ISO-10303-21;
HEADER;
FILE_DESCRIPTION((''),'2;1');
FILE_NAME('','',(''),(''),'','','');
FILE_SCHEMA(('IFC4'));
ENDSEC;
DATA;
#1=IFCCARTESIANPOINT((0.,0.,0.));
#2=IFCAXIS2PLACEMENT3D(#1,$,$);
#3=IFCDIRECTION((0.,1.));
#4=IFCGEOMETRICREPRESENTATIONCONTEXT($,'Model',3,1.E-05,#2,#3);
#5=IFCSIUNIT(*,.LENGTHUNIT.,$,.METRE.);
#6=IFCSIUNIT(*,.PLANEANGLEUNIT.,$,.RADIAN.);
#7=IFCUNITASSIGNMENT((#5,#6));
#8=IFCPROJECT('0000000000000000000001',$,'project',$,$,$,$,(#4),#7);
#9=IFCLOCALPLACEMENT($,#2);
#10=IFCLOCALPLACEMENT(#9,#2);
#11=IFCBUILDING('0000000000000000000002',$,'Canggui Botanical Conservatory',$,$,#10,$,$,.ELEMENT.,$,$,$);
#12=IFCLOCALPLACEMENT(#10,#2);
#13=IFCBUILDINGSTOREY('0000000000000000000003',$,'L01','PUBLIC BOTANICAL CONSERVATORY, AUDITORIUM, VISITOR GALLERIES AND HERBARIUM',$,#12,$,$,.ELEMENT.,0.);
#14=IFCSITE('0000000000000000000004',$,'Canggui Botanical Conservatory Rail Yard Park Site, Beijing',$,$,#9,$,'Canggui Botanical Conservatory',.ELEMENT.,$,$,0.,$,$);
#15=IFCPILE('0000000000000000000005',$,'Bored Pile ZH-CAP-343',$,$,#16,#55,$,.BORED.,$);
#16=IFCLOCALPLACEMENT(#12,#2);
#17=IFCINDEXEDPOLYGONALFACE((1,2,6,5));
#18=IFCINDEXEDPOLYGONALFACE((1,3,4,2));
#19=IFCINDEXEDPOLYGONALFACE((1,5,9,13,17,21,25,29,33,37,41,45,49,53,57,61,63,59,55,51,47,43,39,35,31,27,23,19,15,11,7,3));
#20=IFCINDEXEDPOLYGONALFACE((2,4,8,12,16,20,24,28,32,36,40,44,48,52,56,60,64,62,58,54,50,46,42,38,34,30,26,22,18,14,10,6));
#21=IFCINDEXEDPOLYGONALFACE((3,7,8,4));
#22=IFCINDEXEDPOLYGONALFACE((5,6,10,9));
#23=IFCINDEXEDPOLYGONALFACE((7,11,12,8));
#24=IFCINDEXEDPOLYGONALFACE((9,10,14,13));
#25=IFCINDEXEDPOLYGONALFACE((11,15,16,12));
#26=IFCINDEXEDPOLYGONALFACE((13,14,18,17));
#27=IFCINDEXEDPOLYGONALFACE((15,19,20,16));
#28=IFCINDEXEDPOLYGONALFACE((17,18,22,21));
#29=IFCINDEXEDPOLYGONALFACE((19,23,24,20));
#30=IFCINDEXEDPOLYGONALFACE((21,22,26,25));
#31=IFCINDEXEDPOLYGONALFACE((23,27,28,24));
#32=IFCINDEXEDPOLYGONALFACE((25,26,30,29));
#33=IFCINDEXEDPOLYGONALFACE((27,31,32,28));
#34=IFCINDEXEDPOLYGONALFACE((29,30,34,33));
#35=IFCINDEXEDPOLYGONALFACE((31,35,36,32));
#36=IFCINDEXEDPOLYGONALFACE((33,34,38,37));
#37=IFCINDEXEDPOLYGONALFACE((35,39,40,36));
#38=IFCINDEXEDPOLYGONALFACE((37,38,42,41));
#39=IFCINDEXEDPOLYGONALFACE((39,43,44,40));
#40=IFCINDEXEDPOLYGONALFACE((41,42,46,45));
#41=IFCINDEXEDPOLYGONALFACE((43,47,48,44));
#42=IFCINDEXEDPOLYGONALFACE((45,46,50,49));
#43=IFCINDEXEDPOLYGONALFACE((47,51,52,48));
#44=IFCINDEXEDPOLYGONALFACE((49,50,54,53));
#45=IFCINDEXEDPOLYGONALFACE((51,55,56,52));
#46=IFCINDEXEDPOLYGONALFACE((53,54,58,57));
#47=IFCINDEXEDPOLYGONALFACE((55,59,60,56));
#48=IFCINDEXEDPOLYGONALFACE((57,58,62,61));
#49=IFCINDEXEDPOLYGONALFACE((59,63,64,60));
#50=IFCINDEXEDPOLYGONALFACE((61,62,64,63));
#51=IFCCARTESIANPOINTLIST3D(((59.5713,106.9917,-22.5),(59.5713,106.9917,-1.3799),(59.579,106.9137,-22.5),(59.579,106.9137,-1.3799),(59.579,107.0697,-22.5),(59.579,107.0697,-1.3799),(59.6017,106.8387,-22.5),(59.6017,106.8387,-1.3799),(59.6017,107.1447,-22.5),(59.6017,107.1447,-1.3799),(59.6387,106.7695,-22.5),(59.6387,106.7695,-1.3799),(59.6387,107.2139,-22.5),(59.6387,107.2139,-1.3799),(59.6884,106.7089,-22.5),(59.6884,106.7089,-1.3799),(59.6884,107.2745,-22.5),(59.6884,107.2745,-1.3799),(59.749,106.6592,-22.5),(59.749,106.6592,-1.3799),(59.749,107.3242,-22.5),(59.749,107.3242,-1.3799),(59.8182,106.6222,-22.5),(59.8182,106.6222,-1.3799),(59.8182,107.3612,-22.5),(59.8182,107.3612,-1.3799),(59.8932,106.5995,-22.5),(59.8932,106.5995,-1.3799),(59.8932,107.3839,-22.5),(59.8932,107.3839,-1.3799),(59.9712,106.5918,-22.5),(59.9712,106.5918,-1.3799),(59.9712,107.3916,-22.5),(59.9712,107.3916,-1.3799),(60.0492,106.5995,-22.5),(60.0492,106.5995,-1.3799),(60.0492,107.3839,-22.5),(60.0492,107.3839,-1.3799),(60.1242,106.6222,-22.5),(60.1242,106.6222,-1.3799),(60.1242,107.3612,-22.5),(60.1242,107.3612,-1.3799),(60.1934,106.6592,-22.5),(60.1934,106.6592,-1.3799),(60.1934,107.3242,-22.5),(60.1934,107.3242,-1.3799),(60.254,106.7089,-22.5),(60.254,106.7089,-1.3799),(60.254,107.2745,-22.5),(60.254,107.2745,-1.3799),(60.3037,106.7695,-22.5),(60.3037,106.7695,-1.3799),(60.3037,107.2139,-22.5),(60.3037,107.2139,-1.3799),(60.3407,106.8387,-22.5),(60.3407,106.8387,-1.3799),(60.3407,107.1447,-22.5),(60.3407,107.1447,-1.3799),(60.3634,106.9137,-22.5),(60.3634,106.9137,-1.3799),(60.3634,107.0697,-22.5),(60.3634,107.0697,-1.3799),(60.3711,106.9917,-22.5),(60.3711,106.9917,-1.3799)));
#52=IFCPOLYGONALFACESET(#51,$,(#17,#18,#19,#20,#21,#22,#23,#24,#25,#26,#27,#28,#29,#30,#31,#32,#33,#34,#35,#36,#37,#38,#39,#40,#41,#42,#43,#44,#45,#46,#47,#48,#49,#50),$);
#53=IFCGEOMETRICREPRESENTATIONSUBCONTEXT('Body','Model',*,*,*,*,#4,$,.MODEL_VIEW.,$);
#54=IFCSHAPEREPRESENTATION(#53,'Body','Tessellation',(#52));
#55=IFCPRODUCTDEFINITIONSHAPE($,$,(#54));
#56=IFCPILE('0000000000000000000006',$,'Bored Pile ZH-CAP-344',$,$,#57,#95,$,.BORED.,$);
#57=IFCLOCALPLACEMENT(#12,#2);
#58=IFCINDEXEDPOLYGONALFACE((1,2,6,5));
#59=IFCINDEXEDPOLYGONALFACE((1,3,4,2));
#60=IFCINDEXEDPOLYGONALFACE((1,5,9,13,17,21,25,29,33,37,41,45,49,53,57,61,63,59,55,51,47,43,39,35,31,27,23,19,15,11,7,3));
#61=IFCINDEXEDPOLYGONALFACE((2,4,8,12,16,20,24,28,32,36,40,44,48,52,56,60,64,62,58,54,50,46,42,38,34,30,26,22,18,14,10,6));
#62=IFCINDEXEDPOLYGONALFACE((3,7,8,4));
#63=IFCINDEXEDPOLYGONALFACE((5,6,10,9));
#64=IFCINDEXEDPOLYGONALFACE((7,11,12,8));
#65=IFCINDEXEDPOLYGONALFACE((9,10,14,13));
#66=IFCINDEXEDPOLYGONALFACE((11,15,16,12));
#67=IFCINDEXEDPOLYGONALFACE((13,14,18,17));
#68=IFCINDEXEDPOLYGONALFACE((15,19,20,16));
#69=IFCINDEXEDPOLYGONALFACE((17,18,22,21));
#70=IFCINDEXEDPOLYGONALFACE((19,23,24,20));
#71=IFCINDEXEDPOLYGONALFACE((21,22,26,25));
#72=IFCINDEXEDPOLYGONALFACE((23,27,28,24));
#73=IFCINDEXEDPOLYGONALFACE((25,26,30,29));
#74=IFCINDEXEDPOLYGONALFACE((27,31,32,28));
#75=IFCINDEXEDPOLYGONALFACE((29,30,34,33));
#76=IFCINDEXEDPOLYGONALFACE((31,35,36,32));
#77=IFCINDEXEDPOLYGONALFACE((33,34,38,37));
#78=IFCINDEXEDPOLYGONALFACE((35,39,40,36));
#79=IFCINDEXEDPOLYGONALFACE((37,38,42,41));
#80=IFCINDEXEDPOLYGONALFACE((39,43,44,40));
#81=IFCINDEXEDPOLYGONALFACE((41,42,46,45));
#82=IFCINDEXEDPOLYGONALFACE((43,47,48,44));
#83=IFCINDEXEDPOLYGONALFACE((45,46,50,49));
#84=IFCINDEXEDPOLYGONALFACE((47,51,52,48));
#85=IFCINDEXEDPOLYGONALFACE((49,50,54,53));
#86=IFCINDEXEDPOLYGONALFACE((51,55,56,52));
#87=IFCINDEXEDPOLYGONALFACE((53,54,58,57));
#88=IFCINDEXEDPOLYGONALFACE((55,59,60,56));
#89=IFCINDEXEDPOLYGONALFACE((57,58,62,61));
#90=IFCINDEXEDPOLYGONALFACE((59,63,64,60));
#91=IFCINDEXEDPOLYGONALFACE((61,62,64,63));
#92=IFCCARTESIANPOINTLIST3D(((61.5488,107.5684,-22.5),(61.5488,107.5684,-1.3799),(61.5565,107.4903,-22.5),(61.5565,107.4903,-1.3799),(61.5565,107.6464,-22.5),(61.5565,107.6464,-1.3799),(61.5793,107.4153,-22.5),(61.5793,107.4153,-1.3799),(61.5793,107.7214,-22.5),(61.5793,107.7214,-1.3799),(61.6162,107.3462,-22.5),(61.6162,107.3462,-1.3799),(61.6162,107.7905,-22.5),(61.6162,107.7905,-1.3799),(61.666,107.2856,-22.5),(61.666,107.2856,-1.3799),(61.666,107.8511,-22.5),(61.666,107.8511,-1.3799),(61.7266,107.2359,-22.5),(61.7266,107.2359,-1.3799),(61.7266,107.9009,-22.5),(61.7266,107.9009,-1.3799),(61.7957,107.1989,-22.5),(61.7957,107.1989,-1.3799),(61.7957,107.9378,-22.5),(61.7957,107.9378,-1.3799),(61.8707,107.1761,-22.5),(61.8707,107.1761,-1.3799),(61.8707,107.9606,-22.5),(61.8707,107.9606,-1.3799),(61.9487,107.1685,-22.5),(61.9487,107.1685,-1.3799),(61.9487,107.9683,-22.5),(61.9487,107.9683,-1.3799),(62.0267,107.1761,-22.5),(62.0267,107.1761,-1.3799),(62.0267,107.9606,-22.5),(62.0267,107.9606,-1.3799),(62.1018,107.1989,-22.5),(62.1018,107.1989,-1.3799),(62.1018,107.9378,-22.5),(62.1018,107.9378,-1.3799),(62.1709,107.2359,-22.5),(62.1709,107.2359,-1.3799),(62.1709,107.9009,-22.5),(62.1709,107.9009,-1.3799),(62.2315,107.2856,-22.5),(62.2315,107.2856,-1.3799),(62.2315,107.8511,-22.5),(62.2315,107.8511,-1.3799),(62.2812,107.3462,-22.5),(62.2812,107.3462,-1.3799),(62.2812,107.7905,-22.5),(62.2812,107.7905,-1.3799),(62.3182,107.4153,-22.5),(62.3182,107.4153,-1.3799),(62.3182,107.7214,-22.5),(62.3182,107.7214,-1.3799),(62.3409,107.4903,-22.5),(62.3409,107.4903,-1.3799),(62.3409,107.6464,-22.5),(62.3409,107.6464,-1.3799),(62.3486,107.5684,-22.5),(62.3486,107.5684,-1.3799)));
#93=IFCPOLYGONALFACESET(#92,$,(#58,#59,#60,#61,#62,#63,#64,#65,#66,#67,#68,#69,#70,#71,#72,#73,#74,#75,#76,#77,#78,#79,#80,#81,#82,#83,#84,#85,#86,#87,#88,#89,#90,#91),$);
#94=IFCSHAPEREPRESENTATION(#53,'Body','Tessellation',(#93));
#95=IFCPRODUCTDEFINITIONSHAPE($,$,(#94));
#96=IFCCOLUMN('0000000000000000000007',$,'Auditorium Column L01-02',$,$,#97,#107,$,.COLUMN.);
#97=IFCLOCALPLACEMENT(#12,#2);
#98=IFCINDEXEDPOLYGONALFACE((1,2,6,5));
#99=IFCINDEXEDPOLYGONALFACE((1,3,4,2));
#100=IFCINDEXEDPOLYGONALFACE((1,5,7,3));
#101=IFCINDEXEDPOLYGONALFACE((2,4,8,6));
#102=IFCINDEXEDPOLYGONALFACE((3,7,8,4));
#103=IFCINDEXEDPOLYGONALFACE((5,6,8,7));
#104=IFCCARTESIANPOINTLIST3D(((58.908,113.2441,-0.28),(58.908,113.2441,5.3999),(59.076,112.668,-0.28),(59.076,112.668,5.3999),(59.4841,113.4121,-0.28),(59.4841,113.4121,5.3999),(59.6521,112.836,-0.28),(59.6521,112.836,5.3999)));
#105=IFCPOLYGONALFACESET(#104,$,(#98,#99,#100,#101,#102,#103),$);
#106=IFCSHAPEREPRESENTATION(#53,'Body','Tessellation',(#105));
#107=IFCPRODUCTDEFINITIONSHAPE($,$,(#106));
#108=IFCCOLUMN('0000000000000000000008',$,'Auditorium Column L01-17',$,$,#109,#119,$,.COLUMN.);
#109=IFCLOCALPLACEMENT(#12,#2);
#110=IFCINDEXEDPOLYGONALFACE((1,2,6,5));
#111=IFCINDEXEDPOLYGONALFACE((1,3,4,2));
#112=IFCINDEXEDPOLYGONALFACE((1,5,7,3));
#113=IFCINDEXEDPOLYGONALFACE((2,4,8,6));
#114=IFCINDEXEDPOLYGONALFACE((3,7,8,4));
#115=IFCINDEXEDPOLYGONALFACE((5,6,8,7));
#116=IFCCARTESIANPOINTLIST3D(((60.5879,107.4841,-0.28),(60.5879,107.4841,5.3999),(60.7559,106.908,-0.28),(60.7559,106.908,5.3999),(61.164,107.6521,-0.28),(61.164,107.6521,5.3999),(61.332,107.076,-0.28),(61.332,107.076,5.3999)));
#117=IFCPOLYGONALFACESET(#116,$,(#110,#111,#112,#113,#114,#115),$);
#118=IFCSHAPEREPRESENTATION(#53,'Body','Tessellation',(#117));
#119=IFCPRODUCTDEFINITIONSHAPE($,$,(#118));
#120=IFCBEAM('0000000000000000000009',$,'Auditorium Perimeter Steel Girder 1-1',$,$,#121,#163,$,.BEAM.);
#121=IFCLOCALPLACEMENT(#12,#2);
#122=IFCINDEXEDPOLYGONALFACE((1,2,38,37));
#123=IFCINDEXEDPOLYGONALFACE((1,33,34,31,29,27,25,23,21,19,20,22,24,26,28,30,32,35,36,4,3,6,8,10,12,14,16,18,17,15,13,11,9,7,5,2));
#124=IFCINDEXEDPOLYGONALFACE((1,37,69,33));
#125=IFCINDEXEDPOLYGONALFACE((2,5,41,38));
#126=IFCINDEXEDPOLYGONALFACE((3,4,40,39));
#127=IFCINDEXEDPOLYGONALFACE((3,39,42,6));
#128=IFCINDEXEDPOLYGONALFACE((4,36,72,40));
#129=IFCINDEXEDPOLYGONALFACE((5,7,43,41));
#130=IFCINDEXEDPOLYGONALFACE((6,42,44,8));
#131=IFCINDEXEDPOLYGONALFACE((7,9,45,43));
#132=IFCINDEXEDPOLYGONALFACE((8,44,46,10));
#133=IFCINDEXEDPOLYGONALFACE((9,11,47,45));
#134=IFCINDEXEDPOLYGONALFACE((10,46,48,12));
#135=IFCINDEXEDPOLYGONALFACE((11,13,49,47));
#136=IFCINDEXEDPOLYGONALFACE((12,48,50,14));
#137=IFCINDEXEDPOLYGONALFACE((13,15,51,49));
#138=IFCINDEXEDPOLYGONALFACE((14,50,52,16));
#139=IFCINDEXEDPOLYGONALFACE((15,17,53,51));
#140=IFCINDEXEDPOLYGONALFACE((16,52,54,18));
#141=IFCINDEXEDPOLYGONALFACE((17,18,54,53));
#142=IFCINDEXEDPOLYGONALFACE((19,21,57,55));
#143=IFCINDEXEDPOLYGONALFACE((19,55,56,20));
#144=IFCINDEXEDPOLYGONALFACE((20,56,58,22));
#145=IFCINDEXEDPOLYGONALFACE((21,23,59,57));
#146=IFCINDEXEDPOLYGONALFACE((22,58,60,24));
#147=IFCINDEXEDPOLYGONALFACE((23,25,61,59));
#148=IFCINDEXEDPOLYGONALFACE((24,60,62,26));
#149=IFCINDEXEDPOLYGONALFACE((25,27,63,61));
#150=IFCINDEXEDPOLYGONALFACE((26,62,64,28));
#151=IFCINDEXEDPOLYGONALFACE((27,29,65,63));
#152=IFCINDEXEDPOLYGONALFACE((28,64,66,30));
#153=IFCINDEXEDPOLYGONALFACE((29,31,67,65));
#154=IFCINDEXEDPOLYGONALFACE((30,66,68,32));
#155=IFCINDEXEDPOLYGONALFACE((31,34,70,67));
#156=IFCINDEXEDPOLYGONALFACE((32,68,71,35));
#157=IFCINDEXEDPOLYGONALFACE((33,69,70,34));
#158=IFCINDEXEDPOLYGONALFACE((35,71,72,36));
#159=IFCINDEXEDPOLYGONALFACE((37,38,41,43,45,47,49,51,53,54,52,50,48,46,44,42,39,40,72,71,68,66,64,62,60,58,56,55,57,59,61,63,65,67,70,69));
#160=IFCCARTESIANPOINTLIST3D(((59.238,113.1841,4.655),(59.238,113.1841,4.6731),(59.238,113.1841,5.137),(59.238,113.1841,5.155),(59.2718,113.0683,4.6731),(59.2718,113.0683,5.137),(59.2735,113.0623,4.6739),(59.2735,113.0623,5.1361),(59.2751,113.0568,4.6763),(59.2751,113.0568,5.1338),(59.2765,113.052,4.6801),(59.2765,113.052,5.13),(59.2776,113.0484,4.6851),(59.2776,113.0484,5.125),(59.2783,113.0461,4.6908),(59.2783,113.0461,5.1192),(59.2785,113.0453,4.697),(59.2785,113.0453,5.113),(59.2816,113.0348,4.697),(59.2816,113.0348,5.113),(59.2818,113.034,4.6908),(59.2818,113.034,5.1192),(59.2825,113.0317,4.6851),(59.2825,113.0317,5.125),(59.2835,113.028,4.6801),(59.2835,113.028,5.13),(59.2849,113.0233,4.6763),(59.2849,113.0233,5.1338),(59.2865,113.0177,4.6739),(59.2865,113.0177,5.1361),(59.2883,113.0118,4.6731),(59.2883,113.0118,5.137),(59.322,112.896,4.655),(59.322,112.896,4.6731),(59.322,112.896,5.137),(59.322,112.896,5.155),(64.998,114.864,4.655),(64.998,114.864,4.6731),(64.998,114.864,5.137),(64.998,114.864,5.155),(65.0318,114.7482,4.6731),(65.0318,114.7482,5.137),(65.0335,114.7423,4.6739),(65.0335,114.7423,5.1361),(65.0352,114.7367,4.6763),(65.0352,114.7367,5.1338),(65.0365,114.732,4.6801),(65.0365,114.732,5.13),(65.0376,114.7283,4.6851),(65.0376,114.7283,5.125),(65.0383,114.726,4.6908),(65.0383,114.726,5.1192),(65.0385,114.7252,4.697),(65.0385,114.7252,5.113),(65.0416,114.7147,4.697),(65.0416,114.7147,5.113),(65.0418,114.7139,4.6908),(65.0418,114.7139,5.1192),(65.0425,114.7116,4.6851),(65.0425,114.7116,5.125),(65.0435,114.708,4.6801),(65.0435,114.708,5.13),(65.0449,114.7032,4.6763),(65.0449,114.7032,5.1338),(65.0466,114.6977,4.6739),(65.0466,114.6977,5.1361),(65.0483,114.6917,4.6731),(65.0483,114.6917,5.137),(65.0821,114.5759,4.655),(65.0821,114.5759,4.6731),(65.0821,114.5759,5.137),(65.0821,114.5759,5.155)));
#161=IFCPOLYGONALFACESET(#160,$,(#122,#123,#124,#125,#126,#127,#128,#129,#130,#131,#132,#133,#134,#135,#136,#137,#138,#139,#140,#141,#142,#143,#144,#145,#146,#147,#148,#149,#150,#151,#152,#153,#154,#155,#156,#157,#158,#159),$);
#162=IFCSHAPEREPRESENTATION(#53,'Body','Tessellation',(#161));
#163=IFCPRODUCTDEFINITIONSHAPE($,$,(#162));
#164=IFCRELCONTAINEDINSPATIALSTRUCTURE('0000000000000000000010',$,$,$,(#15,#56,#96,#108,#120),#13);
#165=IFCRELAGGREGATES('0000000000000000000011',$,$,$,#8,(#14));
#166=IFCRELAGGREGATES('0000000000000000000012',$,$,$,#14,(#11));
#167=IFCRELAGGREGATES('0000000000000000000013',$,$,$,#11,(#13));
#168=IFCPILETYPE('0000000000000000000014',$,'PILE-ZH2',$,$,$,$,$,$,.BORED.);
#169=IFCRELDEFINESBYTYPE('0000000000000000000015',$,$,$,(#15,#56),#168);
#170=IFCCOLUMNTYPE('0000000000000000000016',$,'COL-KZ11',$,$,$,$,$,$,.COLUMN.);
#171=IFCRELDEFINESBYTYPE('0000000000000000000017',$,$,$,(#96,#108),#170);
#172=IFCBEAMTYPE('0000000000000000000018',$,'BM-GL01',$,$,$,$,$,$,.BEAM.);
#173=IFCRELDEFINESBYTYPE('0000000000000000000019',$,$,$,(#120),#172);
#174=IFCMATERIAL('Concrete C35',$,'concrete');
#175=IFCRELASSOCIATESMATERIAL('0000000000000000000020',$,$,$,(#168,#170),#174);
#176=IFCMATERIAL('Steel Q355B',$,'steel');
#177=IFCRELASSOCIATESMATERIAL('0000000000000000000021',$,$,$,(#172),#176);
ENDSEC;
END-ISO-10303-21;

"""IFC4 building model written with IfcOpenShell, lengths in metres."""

from ifc_helpers import new_model, si_unit, direction, frame, origin, origin_2d, place, context, subcontext, project, spatial, rectangle, circle, i_section, extrude, material, material_profile, profile_set, type_object, element, save


model = new_model("IFC4")

# Units and contexts
model_context = context("Model", 3, precision=1e-05, world=origin(), true_north=direction((0.0, 1.0)))
body_context = subcontext(model_context, "Body", "Model", "MODEL_VIEW")
ifc_project = project(units=[si_unit("LENGTHUNIT", "METRE"), si_unit("PLANEANGLEUNIT", "RADIAN")], contexts=[model_context])

# Site, building, storey
site_placement = place(None, origin())
site = spatial("IfcSite", under=ifc_project, at=site_placement, Name="Canggui Botanical Conservatory Rail Yard Park Site, Beijing", LongName="Canggui Botanical Conservatory", CompositionType="ELEMENT", RefElevation=0.0)
building_placement = place(site_placement, origin())
building = spatial("IfcBuilding", under=site, at=building_placement, Name="Canggui Botanical Conservatory", CompositionType="ELEMENT")
storey_placement = place(building_placement, origin())
storey = spatial("IfcBuildingStorey", under=building, at=storey_placement, Name="L01", Description="PUBLIC BOTANICAL CONSERVATORY, AUDITORIUM, VISITOR GALLERIES AND HERBARIUM", CompositionType="ELEMENT", Elevation=0.0)

# Shared definitions
ifc_material_1 = material(Name="Concrete C35", Category="concrete")

# Piles
ifc_material_profile_1 = material_profile(ifc_material_1, circle(Radius=0.3999, at=origin_2d()), Name="PILE D800")
ifc_profile_set_1 = profile_set([ifc_material_profile_1], Name="Concrete C35")
pile_type = type_object("IfcPileType", Name="PILE-ZH2", PredefinedType="BORED", material=ifc_profile_set_1)
for number, where, z_axis, x_axis, name in (
    (1, (59.9712, 106.9917, -1.3799), (0.0, 0.0, -1.0), (1.0, 0.0, 0.0), "Bored Pile ZH-CAP-343"),
    (2, (61.9487, 107.5684, -1.3799), (0.0, 0.0, -1.0), (1.0, 0.0, 0.0), "Bored Pile ZH-CAP-344"),
):
    element("IfcPile", number, at=place(storey_placement, frame(where, z_axis=z_axis, x_axis=x_axis)), inside=storey, type_object=pile_type, Name=name, PredefinedType="BORED", context=body_context, shape_type="SweptSolid", body=[
        extrude(circle(Radius=0.3999, at=origin_2d()), origin(), (0.0, 0.0, 1.0), 21.1201),
    ])

# Columns
ifc_material_profile_2 = material_profile(ifc_material_1, rectangle(XDim=0.6001, YDim=0.6001, at=origin_2d()), Name="RC 600x600")
ifc_profile_set_2 = profile_set([ifc_material_profile_2], Name="Concrete C35")
column_type = type_object("IfcColumnType", Name="COL-KZ11", PredefinedType="COLUMN", material=ifc_profile_set_2)
for number, where, z_axis, x_axis, name in (
    (3, (59.28, 113.04, -0.28), (0.0, 0.0, 1.0), (0.96, 0.28, 0.0), "Auditorium Column L01-02"),
    (4, (60.96, 107.28, -0.28), (0.0, 0.0, 1.0), (0.96, 0.28, 0.0), "Auditorium Column L01-17"),
):
    element("IfcColumn", number, at=place(storey_placement, frame(where, z_axis=z_axis, x_axis=x_axis)), inside=storey, type_object=column_type, Name=name, PredefinedType="COLUMN", context=body_context, shape_type="SweptSolid", body=[
        extrude(rectangle(XDim=0.6001, YDim=0.6001, at=origin_2d()), origin(), (0.0, 0.0, 1.0), 5.6799),
    ])

# Beam
ifc_material_2 = material(Name="Steel Q355B", Category="steel")
ifc_material_profile_3 = material_profile(ifc_material_2, i_section(OverallWidth=0.3, OverallDepth=0.5, WebThickness=0.011, FlangeThickness=0.0181, FilletRadius=0.0239, at=origin_2d()), Name="HM 500x300x11x18")
ifc_profile_set_3 = profile_set([ifc_material_profile_3], Name="Steel Q355B")
beam_type_1 = type_object("IfcBeamType", Name="BM-GL01", PredefinedType="BEAM", material=ifc_profile_set_3)
beam_1_placement = place(storey_placement, frame((59.28, 113.04, 4.905), z_axis=(0.960003, 0.279989, 0.0), x_axis=(-0.279989, 0.960003, 0.0)))
element("IfcBeam", 5, at=beam_1_placement, inside=storey, type_object=beam_type_1, Name="Auditorium Perimeter Steel Girder 1-1", PredefinedType="BEAM", context=body_context, shape_type="SweptSolid", body=[
    extrude(i_section(OverallWidth=0.3, OverallDepth=0.5, WebThickness=0.011, FlangeThickness=0.0181, FilletRadius=0.0239, at=origin_2d()), origin(), (0.0, 0.0, 1.0), 6.0),
])

save(model, "model.ifc")
